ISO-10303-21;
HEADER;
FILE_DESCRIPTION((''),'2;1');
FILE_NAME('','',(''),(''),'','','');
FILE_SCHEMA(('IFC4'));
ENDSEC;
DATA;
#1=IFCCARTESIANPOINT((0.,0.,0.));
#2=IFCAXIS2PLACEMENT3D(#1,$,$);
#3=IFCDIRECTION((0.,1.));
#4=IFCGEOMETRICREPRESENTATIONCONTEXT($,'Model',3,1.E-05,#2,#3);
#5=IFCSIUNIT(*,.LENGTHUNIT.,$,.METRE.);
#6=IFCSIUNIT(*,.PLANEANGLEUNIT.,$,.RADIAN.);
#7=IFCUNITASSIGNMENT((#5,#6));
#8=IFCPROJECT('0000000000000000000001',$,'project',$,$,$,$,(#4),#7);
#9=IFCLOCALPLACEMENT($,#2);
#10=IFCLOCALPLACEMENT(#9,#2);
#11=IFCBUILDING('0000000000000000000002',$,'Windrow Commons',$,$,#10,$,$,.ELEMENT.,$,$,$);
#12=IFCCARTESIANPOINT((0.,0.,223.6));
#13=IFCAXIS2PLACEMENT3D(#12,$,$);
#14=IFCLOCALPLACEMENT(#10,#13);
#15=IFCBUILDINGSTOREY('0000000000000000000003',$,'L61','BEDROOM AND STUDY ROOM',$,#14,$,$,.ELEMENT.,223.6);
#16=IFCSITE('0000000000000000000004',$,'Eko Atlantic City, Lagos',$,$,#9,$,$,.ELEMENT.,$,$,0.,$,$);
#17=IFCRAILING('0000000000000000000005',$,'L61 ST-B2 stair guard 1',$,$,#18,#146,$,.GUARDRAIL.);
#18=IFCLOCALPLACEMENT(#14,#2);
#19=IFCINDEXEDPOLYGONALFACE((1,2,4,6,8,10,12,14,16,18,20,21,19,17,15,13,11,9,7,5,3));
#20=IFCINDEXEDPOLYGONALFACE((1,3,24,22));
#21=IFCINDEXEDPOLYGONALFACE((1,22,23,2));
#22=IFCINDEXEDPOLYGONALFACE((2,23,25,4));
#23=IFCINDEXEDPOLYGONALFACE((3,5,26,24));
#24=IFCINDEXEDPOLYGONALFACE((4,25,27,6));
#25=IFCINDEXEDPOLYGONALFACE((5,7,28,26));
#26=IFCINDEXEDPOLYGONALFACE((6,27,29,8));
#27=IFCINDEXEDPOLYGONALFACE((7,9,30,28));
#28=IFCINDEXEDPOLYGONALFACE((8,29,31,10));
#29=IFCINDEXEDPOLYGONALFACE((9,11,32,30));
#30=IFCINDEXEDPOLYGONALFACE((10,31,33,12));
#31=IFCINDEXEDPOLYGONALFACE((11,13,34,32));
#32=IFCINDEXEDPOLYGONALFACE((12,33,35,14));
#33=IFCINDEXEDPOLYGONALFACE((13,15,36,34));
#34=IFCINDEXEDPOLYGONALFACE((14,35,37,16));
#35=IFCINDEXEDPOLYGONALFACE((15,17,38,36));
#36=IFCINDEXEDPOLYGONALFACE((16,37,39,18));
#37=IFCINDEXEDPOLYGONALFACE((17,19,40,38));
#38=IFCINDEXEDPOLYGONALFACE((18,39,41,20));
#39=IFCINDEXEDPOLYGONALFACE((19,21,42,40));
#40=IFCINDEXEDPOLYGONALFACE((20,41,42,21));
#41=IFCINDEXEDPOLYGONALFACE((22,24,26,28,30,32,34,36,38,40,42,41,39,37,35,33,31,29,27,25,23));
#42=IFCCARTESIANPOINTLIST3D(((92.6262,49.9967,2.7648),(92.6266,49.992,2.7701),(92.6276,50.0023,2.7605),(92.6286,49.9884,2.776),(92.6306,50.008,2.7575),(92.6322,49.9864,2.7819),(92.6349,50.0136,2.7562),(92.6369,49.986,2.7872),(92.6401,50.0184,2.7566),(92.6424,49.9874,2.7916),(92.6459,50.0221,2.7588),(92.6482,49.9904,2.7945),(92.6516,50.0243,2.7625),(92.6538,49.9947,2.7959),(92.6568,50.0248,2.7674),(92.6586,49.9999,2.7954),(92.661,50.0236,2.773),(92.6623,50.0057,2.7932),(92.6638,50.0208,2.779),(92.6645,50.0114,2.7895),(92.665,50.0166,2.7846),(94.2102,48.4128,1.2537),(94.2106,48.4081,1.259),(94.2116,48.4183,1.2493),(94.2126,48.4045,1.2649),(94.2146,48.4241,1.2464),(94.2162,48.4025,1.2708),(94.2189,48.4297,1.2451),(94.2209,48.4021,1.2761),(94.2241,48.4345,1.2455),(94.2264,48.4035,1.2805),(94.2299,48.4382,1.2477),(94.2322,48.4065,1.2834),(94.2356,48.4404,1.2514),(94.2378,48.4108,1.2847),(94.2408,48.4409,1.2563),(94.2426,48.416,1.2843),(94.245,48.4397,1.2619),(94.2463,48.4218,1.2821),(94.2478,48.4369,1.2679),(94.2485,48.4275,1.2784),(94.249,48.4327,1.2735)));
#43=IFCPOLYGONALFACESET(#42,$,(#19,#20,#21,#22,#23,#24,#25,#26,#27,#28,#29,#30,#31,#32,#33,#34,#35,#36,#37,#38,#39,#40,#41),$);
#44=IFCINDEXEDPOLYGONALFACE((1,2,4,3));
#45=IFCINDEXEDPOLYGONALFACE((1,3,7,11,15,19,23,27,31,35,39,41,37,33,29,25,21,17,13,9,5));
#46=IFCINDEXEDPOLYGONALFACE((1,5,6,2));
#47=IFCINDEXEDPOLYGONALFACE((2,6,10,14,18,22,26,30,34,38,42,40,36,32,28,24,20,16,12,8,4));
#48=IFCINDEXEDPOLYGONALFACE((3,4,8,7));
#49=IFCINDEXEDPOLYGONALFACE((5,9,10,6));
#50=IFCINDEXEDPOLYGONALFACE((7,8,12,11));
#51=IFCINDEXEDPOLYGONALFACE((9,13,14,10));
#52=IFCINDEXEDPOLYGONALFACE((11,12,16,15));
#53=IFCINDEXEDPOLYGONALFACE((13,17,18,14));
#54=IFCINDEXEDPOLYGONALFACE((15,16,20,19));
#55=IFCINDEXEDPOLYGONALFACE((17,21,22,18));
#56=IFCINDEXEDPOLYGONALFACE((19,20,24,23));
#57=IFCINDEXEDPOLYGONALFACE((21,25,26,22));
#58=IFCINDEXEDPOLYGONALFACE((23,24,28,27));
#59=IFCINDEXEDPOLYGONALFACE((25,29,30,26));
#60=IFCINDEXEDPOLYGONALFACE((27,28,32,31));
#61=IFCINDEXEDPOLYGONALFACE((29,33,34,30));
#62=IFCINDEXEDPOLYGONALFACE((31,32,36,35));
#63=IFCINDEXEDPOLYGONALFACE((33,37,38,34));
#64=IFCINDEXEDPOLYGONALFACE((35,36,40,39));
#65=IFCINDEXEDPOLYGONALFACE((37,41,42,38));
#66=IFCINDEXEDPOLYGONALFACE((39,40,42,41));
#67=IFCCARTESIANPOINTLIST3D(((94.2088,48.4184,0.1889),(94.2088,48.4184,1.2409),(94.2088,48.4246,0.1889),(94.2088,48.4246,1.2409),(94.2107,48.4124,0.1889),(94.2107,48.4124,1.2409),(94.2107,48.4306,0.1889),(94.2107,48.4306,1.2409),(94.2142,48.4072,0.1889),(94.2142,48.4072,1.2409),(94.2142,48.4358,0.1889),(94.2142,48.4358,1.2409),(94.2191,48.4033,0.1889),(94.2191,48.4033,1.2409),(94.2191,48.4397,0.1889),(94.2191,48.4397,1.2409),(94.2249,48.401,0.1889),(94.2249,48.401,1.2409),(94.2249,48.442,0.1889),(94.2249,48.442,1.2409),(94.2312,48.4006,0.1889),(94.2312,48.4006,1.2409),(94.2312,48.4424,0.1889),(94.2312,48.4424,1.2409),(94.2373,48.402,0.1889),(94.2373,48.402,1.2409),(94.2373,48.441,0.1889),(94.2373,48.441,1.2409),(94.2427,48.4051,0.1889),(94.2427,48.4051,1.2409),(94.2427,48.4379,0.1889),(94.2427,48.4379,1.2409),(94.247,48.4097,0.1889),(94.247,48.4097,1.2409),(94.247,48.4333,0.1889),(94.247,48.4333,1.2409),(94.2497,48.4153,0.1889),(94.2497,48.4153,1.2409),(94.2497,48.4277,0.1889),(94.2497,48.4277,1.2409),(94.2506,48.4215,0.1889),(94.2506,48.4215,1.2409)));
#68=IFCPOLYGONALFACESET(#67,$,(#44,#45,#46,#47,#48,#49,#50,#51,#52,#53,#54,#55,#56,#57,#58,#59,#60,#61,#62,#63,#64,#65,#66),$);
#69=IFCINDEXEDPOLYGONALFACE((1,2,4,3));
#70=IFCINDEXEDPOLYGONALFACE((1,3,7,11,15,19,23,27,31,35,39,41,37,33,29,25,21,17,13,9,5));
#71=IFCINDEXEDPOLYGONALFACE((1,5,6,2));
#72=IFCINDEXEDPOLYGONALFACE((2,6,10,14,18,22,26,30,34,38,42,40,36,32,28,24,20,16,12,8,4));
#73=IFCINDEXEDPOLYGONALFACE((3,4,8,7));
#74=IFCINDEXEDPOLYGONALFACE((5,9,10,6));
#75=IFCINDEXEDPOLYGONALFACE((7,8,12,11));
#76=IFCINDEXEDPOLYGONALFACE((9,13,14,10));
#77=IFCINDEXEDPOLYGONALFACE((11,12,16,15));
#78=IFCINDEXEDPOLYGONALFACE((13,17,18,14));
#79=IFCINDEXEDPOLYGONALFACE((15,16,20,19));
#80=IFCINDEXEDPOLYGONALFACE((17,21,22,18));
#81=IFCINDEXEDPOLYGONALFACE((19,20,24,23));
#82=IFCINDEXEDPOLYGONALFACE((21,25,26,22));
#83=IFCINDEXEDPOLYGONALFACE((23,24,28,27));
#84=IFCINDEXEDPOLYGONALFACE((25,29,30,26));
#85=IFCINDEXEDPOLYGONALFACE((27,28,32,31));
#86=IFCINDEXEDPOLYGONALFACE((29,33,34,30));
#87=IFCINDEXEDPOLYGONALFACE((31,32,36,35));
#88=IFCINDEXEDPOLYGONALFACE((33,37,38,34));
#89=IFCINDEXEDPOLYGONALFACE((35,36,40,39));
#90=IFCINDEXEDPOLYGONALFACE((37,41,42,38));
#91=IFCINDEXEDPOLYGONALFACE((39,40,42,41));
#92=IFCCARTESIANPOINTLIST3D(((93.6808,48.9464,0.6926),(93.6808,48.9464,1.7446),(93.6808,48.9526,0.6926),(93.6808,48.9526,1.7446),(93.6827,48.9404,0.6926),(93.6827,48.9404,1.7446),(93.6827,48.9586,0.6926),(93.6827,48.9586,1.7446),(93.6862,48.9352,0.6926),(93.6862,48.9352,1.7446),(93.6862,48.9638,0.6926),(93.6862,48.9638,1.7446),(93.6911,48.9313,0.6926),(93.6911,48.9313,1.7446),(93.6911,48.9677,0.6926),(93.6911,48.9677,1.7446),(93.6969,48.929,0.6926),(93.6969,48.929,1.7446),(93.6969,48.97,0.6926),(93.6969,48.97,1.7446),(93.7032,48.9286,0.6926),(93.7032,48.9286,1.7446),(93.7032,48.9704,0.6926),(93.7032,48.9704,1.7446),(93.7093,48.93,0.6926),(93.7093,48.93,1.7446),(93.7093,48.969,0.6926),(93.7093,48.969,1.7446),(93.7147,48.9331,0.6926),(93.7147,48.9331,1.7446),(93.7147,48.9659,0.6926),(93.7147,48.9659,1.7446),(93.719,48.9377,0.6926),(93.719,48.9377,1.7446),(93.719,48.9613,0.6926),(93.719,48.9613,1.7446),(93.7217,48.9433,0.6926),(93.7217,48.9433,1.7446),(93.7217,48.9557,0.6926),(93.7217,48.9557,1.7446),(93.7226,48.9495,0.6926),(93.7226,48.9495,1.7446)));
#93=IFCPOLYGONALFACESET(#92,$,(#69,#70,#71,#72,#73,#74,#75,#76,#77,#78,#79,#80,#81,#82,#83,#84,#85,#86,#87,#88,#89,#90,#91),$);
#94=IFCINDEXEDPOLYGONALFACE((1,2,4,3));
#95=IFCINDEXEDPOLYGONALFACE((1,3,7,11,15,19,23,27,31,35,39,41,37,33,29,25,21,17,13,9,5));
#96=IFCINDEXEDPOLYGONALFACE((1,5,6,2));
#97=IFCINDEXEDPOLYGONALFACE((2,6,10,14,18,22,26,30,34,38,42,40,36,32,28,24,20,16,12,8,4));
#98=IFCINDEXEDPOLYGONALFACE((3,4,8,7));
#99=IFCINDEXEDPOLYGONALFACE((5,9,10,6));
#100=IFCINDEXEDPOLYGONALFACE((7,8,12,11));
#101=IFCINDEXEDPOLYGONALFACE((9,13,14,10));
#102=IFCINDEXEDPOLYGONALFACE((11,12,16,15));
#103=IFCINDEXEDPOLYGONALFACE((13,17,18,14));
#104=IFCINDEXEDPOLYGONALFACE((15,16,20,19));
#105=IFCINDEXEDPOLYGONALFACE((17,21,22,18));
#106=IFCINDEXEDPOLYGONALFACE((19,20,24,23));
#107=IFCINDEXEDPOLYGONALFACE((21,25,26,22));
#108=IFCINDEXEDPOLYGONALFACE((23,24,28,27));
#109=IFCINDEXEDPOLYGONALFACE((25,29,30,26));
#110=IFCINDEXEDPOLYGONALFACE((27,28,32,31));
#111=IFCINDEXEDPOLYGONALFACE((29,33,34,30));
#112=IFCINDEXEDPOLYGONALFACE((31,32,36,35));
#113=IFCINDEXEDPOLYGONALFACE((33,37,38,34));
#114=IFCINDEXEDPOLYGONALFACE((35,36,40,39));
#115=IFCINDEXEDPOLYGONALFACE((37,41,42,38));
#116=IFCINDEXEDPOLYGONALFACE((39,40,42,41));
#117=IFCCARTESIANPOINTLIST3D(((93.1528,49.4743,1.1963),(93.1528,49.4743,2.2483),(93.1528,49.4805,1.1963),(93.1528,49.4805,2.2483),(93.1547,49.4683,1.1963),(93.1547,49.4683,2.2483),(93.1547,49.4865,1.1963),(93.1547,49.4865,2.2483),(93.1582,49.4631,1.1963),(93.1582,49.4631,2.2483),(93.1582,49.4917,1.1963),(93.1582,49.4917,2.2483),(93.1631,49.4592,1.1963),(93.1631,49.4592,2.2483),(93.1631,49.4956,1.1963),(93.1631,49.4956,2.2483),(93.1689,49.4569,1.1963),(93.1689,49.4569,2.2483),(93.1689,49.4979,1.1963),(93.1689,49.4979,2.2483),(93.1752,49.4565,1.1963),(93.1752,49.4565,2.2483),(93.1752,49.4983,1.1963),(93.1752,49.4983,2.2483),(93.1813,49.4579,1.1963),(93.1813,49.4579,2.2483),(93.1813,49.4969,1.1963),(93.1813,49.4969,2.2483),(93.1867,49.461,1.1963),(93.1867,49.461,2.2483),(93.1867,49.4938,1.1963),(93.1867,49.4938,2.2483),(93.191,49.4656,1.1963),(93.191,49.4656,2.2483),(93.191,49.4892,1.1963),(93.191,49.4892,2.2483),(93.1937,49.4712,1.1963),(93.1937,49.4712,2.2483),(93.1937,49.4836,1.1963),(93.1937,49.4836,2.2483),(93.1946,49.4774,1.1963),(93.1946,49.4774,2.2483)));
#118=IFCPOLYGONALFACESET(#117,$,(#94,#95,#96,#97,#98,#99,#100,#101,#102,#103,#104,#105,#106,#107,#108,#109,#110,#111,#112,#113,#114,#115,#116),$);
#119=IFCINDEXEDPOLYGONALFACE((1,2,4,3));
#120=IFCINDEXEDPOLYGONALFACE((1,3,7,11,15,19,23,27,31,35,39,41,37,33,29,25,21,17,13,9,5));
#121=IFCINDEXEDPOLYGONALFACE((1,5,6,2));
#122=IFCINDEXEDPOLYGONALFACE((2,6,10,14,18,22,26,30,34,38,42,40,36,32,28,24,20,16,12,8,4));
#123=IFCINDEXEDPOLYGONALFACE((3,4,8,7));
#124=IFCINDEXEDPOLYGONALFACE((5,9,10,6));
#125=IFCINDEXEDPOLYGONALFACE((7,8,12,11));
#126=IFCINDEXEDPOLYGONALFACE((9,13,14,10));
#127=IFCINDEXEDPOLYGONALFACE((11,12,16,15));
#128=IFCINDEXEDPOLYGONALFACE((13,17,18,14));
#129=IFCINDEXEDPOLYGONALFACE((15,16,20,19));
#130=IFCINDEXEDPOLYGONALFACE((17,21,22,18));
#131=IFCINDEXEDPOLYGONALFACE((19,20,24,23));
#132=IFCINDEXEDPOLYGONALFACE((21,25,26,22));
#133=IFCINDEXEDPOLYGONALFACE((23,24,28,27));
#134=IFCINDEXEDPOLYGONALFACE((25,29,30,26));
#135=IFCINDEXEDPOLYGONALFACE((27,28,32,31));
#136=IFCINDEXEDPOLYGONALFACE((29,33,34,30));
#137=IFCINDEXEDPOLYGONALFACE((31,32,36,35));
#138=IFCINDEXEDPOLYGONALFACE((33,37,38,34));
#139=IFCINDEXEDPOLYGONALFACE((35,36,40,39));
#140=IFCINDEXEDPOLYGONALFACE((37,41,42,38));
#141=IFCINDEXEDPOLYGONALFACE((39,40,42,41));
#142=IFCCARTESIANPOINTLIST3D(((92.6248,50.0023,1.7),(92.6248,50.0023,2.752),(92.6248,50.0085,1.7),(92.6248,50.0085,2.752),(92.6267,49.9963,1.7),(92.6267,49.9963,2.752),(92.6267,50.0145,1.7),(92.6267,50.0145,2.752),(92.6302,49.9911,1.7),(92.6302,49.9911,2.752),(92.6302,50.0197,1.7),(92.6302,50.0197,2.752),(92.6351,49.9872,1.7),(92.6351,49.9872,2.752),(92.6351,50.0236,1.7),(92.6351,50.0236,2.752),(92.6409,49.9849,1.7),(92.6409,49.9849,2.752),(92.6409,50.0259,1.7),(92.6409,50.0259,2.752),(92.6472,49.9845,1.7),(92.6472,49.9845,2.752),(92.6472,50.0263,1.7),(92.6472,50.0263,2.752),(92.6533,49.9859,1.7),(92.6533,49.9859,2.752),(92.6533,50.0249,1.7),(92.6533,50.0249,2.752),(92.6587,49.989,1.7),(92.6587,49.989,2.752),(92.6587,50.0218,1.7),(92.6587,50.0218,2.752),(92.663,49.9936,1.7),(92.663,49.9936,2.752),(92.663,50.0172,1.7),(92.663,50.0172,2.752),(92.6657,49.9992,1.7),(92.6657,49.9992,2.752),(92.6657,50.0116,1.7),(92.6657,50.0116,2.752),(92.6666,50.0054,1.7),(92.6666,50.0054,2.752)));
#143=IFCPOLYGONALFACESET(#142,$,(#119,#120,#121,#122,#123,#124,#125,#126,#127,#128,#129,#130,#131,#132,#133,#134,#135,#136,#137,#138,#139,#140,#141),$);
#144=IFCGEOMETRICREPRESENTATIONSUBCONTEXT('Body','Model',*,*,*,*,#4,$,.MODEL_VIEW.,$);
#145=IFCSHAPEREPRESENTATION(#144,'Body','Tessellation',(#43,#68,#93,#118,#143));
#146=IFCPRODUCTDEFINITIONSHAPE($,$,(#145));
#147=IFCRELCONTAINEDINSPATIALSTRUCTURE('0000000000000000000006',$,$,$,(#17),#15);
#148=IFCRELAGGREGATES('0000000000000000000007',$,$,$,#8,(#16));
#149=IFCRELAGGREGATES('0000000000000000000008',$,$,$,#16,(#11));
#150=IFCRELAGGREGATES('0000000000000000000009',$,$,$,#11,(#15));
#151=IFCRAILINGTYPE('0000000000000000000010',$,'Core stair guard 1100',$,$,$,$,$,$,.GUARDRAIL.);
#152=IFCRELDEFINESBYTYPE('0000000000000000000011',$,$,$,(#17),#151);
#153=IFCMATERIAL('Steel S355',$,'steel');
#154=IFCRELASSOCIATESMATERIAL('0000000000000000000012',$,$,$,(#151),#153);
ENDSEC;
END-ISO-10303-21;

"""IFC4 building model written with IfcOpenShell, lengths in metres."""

from ifc_helpers import new_model, si_unit, direction, frame, origin, origin_2d, place, context, subcontext, project, spatial, circle, extrude, material, type_object, element, save


model = new_model("IFC4")

# Units and contexts
model_context = context("Model", 3, precision=1e-05, world=origin(), true_north=direction((0.0, 1.0)))
body_context = subcontext(model_context, "Body", "Model", "MODEL_VIEW")
ifc_project = project(units=[si_unit("LENGTHUNIT", "METRE"), si_unit("PLANEANGLEUNIT", "RADIAN")], contexts=[model_context])

# Site, building, storey
site_placement = place(None, origin())
site = spatial("IfcSite", under=ifc_project, at=site_placement, Name="Eko Atlantic City, Lagos", CompositionType="ELEMENT", RefElevation=0.0)
building_placement = place(site_placement, origin())
building = spatial("IfcBuilding", under=site, at=building_placement, Name="Windrow Commons", CompositionType="ELEMENT")
storey_placement = place(building_placement, frame((0.0, 0.0, 223.6)))
storey = spatial("IfcBuildingStorey", under=building, at=storey_placement, Name="L61", Description="BEDROOM AND STUDY ROOM", CompositionType="ELEMENT", Elevation=223.6)

# Railing
ifc_material_1 = material(Name="Steel S355", Category="steel")
railing_type_1 = type_object("IfcRailingType", Name="Core stair guard 1100", PredefinedType="GUARDRAIL", material=ifc_material_1)
railing_1_placement = place(storey_placement, frame((94.2296, 48.4215, 0.1889)))
element("IfcRailing", 1, at=railing_1_placement, inside=storey, type_object=railing_type_1, Name="L61 ST-B2 stair guard 1", PredefinedType="GUARDRAIL", context=body_context, shape_type="SweptSolid", body=[
    extrude(circle(Radius=0.024, at=origin_2d()), frame((0.0, 0.0, 1.076), z_axis=(-0.586216, 0.586179, 0.559237), x_axis=(-0.707084, -0.707129, 0.0)), (0.0, 0.0, 1.0), 2.7021),
    extrude(circle(Radius=0.021, at=origin_2d()), origin(), (0.0, 0.0, 1.0), 1.052),
    extrude(circle(Radius=0.021, at=origin_2d()), frame((-0.528, 0.528, 0.5037)), (0.0, 0.0, 1.0), 1.052),
    extrude(circle(Radius=0.021, at=origin_2d()), frame((-1.056, 1.0559, 1.0074)), (0.0, 0.0, 1.0), 1.052),
    extrude(circle(Radius=0.021, at=origin_2d()), frame((-1.584, 1.5839, 1.5111)), (0.0, 0.0, 1.0), 1.052),
])

save(model, "model.ifc")
